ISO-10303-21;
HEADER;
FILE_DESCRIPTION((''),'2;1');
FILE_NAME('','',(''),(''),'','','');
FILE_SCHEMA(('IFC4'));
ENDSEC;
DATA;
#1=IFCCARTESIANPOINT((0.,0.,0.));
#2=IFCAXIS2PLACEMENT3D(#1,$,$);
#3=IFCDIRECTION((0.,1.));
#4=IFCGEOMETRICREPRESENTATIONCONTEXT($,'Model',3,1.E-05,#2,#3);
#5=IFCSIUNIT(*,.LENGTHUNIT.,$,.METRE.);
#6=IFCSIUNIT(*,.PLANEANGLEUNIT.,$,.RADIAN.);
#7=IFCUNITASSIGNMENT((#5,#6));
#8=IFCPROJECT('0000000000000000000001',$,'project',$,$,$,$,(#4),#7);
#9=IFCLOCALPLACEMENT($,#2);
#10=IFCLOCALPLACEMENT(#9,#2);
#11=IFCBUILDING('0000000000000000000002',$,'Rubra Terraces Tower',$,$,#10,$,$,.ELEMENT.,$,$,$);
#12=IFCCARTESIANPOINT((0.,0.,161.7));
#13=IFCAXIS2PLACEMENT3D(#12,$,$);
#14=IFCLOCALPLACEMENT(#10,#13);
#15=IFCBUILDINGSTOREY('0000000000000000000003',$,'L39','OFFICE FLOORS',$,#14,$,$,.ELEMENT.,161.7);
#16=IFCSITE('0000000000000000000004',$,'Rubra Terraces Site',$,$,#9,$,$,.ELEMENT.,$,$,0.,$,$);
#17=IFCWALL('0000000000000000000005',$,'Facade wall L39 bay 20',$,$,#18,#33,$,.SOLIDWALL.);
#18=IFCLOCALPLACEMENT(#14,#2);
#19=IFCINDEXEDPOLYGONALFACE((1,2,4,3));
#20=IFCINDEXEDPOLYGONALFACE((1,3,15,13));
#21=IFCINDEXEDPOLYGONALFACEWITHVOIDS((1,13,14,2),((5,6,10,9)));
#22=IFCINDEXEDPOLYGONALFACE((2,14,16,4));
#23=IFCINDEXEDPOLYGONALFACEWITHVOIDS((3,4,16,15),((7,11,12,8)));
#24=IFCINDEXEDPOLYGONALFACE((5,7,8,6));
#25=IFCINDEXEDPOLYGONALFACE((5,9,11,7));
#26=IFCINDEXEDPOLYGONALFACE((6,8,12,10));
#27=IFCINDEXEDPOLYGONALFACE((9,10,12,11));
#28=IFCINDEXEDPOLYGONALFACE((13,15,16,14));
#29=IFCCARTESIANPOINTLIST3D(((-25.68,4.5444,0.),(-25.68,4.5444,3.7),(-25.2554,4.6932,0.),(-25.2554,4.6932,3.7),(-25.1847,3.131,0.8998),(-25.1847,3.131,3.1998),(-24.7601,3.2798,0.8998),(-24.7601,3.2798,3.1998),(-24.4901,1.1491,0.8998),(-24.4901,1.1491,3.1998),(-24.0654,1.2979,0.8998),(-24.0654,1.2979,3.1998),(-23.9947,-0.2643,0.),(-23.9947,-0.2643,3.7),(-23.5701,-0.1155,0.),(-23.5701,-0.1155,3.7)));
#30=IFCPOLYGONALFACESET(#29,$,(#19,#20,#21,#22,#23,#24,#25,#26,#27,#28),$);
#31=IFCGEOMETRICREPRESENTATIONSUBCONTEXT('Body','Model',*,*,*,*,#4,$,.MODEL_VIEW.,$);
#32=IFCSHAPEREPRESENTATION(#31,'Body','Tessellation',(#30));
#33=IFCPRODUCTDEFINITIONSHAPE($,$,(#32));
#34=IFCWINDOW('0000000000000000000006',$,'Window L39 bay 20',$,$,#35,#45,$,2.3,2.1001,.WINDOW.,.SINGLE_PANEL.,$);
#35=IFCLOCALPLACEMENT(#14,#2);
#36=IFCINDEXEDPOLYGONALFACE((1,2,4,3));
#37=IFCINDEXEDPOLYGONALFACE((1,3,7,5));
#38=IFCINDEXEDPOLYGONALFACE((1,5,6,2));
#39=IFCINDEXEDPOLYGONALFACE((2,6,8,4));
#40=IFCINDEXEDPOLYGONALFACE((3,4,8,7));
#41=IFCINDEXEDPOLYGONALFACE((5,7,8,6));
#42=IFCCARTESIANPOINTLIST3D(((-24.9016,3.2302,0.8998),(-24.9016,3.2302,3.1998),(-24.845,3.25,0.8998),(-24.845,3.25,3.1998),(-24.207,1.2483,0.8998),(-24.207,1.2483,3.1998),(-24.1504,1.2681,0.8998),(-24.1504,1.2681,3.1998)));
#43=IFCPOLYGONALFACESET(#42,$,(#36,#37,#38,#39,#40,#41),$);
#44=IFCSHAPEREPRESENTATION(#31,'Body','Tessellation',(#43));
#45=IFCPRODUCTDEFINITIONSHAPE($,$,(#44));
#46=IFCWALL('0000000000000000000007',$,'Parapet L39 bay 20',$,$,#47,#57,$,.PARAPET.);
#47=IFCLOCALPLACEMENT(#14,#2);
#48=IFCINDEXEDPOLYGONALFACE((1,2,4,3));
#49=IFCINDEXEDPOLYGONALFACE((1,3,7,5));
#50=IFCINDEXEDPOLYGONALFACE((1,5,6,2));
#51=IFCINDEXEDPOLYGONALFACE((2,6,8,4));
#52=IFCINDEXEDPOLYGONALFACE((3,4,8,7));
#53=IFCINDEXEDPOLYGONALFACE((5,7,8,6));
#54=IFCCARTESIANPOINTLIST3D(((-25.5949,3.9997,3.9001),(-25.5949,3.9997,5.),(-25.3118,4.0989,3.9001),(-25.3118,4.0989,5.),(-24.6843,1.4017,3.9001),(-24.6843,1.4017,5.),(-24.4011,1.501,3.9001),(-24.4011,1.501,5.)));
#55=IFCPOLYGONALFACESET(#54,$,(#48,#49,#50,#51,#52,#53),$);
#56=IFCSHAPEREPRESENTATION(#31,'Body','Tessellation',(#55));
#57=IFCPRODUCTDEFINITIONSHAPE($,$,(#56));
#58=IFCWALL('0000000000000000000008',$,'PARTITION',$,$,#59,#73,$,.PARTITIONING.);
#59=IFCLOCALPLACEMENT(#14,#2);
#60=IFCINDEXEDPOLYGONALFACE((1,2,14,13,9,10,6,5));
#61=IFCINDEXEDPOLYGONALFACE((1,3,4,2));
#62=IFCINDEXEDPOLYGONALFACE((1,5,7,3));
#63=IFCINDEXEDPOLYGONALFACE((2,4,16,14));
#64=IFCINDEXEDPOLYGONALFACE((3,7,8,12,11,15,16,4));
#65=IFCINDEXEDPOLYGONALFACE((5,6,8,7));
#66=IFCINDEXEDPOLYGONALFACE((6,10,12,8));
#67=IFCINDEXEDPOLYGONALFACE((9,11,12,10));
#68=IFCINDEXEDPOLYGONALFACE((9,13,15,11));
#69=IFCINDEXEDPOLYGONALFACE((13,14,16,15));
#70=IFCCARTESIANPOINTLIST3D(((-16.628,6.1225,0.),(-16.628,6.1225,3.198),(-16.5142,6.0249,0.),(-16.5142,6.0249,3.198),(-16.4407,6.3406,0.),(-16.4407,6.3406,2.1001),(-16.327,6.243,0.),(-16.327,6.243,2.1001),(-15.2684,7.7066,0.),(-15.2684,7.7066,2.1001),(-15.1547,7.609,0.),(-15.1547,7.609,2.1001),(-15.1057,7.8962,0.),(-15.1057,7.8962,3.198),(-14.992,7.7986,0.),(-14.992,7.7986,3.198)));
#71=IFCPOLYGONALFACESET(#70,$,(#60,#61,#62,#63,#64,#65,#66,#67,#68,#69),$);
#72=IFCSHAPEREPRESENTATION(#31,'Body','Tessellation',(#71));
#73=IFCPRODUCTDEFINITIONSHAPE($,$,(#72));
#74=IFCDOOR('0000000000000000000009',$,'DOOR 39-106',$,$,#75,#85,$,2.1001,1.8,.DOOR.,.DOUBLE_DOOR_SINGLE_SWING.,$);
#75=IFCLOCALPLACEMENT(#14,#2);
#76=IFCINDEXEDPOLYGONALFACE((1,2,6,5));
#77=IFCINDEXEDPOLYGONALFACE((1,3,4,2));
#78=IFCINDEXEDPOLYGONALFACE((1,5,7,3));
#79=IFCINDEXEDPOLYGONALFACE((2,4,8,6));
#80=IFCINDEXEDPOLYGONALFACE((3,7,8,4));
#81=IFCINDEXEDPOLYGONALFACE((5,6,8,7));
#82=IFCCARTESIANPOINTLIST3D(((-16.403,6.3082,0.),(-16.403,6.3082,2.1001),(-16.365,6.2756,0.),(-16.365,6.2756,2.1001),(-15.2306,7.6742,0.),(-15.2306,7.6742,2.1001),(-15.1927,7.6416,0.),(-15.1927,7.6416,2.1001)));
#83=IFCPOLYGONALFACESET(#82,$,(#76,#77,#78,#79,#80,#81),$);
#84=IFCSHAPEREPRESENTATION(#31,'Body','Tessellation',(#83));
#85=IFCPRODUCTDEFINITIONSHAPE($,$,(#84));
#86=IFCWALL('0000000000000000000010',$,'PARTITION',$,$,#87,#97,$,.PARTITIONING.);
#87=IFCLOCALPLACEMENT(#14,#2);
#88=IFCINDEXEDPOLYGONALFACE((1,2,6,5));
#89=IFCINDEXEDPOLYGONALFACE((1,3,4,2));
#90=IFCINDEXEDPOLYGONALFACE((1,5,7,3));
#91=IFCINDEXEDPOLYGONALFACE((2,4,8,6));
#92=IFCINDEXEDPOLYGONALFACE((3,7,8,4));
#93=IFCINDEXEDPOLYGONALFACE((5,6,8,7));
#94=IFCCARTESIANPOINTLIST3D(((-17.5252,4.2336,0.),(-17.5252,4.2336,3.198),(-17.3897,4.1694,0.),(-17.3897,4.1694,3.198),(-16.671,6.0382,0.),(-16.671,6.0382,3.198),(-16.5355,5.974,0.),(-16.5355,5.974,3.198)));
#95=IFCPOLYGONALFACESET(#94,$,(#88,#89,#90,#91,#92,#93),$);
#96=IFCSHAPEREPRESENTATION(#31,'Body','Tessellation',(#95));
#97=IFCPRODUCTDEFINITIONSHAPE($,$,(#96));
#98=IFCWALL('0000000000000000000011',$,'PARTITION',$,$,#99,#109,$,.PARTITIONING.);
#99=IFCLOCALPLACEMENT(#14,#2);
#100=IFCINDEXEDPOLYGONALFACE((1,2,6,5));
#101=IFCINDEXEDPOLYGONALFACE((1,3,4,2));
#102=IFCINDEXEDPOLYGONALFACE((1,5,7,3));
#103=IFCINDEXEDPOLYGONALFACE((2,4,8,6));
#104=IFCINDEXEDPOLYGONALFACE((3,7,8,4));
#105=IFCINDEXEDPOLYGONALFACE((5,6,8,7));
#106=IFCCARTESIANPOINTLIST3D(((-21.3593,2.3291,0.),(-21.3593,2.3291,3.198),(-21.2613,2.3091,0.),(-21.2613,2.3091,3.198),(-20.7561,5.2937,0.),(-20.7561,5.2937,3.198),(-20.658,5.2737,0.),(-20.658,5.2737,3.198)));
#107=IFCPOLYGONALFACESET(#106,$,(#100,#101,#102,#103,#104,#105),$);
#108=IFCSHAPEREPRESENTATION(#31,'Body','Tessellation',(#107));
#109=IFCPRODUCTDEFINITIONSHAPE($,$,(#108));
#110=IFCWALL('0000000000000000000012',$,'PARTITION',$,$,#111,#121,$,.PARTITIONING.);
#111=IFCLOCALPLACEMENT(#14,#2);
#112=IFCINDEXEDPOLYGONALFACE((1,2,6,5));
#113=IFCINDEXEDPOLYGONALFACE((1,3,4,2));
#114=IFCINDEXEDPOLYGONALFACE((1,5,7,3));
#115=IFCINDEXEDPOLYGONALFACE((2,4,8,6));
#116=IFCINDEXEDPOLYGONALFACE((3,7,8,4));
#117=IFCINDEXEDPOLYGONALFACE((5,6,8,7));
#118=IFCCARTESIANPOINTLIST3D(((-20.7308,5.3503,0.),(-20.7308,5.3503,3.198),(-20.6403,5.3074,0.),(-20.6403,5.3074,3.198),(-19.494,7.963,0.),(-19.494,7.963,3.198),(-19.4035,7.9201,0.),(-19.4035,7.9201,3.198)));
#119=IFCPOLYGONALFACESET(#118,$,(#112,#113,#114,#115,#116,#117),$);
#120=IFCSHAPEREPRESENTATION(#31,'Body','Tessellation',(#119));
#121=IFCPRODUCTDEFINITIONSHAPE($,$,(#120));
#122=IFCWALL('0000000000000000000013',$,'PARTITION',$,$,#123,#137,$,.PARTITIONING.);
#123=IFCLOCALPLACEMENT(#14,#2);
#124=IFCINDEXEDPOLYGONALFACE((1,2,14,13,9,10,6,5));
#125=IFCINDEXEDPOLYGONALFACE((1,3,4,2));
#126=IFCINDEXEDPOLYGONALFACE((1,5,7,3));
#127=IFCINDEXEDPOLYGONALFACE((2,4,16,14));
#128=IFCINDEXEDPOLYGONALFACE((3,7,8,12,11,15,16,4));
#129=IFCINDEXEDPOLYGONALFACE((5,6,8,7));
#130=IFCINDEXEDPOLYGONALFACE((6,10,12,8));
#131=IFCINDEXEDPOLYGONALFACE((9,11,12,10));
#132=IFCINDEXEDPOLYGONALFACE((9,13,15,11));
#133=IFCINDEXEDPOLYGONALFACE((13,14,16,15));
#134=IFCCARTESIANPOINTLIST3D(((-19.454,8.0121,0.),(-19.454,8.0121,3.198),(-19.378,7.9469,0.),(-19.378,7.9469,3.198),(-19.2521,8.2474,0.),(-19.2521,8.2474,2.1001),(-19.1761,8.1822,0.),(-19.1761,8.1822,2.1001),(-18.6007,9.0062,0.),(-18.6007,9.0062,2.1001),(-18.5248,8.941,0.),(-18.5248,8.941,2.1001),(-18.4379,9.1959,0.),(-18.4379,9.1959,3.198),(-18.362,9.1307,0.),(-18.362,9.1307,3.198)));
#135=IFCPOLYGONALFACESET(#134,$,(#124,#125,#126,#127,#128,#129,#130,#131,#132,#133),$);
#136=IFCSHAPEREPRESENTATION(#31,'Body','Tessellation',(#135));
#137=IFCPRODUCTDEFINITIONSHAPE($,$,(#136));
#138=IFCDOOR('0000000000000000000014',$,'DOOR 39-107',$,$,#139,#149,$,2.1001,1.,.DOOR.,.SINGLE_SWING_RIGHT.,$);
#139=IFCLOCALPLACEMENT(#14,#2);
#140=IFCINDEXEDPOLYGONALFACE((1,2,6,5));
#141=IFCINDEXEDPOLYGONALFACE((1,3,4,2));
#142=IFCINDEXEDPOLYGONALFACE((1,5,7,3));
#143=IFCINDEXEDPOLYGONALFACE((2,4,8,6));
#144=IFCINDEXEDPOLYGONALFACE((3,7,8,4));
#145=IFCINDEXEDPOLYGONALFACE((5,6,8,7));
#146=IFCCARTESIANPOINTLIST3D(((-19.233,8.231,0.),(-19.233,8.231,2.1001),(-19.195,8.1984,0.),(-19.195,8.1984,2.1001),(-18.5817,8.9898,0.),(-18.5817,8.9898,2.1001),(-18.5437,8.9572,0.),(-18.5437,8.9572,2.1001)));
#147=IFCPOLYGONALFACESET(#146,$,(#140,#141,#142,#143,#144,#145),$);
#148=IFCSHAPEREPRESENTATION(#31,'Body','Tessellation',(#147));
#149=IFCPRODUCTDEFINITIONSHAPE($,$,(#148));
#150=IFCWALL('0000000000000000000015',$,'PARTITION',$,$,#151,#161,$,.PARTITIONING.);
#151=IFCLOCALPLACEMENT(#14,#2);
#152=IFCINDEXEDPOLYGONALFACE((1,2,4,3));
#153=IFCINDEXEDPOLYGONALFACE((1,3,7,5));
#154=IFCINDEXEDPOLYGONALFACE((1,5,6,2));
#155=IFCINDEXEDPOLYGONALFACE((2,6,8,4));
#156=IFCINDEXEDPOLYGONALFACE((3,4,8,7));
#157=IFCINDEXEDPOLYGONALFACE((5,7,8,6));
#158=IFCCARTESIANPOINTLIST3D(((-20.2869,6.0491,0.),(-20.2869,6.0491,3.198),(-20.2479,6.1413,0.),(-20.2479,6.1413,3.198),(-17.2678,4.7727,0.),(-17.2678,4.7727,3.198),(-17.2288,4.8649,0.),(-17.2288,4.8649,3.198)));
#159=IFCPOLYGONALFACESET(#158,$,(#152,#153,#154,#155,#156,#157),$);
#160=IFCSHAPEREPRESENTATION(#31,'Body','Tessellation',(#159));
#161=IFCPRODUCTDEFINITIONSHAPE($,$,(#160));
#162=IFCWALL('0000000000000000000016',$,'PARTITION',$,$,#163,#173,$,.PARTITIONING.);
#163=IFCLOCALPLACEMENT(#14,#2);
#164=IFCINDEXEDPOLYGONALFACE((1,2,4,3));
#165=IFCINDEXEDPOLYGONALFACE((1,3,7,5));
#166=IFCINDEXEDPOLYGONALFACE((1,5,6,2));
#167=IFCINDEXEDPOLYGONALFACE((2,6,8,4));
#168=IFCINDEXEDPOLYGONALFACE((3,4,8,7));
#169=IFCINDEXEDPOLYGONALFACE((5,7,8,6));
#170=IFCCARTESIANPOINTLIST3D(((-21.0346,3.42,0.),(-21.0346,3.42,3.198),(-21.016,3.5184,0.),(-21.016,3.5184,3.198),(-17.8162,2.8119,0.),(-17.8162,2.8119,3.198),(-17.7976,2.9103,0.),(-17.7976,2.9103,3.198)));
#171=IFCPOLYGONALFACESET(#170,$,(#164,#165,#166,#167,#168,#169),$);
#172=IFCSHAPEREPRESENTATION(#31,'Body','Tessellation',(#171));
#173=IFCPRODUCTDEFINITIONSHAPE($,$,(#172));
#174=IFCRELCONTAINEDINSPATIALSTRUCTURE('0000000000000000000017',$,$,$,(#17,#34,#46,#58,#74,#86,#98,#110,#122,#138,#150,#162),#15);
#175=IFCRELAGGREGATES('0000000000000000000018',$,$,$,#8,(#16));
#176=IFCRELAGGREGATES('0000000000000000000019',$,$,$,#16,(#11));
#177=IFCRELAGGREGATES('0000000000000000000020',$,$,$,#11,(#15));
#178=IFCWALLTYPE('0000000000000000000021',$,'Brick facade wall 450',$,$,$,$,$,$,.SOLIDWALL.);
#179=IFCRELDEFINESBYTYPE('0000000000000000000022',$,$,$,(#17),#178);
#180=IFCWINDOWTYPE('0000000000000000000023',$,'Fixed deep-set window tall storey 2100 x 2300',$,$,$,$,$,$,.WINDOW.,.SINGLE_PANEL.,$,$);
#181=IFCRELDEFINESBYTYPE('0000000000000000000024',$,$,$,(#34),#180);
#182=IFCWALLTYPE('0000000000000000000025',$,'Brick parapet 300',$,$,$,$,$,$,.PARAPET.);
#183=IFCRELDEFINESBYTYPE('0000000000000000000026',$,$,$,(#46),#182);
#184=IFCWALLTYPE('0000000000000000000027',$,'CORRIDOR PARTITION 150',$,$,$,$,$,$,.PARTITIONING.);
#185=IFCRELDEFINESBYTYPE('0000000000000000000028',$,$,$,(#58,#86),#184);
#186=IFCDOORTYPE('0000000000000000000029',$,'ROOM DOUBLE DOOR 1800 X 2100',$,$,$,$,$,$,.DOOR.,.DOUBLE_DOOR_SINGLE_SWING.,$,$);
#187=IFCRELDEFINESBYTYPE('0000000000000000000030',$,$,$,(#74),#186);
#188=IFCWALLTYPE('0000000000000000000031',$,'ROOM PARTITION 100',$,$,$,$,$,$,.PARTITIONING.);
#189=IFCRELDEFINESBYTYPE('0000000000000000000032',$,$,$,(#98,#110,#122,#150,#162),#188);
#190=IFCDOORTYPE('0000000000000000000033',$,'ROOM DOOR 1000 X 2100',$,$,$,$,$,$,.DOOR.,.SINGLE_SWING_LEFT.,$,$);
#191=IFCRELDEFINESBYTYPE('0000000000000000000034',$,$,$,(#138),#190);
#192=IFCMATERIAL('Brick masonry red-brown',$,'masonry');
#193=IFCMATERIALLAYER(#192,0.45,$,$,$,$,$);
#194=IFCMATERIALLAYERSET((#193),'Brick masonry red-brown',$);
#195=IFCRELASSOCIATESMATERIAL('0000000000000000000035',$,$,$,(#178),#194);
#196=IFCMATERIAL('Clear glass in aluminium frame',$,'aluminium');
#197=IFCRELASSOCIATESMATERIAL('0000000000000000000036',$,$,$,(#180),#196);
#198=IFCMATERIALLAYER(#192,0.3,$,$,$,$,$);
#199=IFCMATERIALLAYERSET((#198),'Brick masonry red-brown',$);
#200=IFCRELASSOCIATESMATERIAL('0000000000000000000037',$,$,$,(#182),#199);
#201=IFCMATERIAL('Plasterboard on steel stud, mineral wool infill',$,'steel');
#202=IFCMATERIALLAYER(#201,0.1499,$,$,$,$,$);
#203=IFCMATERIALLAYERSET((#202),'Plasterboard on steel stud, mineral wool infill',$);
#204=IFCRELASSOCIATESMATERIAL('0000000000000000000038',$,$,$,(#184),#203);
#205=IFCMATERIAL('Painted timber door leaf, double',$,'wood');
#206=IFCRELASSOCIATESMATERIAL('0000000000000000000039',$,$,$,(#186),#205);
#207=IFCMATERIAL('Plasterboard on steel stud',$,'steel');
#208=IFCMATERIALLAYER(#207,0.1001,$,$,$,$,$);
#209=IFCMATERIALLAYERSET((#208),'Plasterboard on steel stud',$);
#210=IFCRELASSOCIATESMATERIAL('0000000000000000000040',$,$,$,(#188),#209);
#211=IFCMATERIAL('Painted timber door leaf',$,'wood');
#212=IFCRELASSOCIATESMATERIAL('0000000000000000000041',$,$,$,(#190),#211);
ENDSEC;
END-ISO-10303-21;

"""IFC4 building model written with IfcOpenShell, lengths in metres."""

from ifc_helpers import new_model, si_unit, direction, frame, frame_2d, origin, place, context, subcontext, project, spatial, rectangle, extrude, material, layer, layer_set, type_object, element, fill, save


model = new_model("IFC4")

# Units and contexts
model_context = context("Model", 3, precision=1e-05, world=origin(), true_north=direction((0.0, 1.0)))
body_context = subcontext(model_context, "Body", "Model", "MODEL_VIEW")
ifc_project = project(units=[si_unit("LENGTHUNIT", "METRE"), si_unit("PLANEANGLEUNIT", "RADIAN")], contexts=[model_context])

# Site, building, storey
site_placement = place(None, origin())
site = spatial("IfcSite", under=ifc_project, at=site_placement, Name="Rubra Terraces Site", CompositionType="ELEMENT", RefElevation=0.0)
building_placement = place(site_placement, origin())
building = spatial("IfcBuilding", under=site, at=building_placement, Name="Rubra Terraces Tower", CompositionType="ELEMENT")
storey_placement = place(building_placement, frame((0.0, 0.0, 161.7)))
storey = spatial("IfcBuildingStorey", under=building, at=storey_placement, Name="L39", Description="OFFICE FLOORS", CompositionType="ELEMENT", Elevation=161.7)

# Wall, opening, window
ifc_material_1 = material(Name="Brick masonry red-brown", Category="masonry")
ifc_layer_1 = layer(ifc_material_1, 0.45)
ifc_layer_set_1 = layer_set([ifc_layer_1], Name="Brick masonry red-brown")
wall_type_1 = type_object("IfcWallType", Name="Brick facade wall 450", PredefinedType="SOLIDWALL", material=ifc_layer_set_1)
wall_1_placement = place(storey_placement, frame((-25.4678, 4.6189, 0.0), z_axis=(0.0, 0.0, 1.0), x_axis=(0.330752, -0.943718, 0.0)))
wall_1 = element("IfcWall", 1, at=wall_1_placement, inside=storey, type_object=wall_type_1, Name="Facade wall L39 bay 20", PredefinedType="SOLIDWALL", context=body_context, shape_type="SweptSolid", body=[
    extrude(rectangle(XDim=5.0955, YDim=0.45, at=frame_2d((2.5479, 0.0))), origin(), (0.0, 0.0, 1.0), 3.7),
])
opening_1_placement = place(wall_1_placement, frame((1.4978, 0.0, 0.8999)))
opening_1 = element("IfcOpeningElement", 2, at=opening_1_placement, cuts=wall_1, PredefinedType="OPENING", context=body_context, shape_type="SweptSolid", body=[
    extrude(rectangle(XDim=2.1001, YDim=2.3, at=frame_2d((1.05, 1.1499))), frame((0.0, 0.2349, 0.0), z_axis=(0.0, -1.0, 0.0), x_axis=(1.0, 0.0, 0.0)), (0.0, 0.0, 1.0), 0.47),
])
ifc_material_2 = material(Name="Clear glass in aluminium frame", Category="aluminium")
window_type = type_object("IfcWindowType", Name="Fixed deep-set window tall storey 2100 x 2300", PartitioningType="SINGLE_PANEL", PredefinedType="WINDOW", material=ifc_material_2)
window_placement = place(opening_1_placement, origin())
window = element("IfcWindow", 3, at=window_placement, inside=storey, type_object=window_type, Name="Window L39 bay 20", OverallHeight=2.3, OverallWidth=2.1001, PartitioningType="SINGLE_PANEL", PredefinedType="WINDOW", context=body_context, shape_type="SweptSolid", body=[
    extrude(rectangle(XDim=2.1001, YDim=2.3, at=frame_2d((1.05, 1.1499))), frame((0.0, 0.135, 0.0), z_axis=(0.0, -1.0, 0.0), x_axis=(1.0, 0.0, 0.0)), (0.0, 0.0, 1.0), 0.0601),
])
fill(opening_1, window)

# Wall
ifc_layer_2 = layer(ifc_material_1, 0.3)
ifc_layer_set_2 = layer_set([ifc_layer_2], Name="Brick masonry red-brown")
wall_type_2 = type_object("IfcWallType", Name="Brick parapet 300", PredefinedType="PARAPET", material=ifc_layer_set_2)
wall_2_placement = place(storey_placement, frame((-25.4534, 4.0493, 3.9001), z_axis=(0.0, 0.0, 1.0), x_axis=(0.330797, -0.943702, 0.0)))
element("IfcWall", 4, at=wall_2_placement, inside=storey, type_object=wall_type_2, Name="Parapet L39 bay 20", PredefinedType="PARAPET", context=body_context, shape_type="SweptSolid", body=[
    extrude(rectangle(XDim=2.7529, YDim=0.3, at=frame_2d((1.3765, 0.0))), origin(), (0.0, 0.0, 1.0), 1.0999),
])

# Wall, opening, door
ifc_material_3 = material(Name="Plasterboard on steel stud, mineral wool infill", Category="steel")
ifc_layer_3 = layer(ifc_material_3, 0.1499)
ifc_layer_set_3 = layer_set([ifc_layer_3], Name="Plasterboard on steel stud, mineral wool infill")
wall_type_3 = type_object("IfcWallType", Name="CORRIDOR PARTITION 150", PredefinedType="PARTITIONING", material=ifc_layer_set_3)
wall_3_placement = place(storey_placement, frame((-15.0488, 7.8474, 0.0), z_axis=(0.0, 0.0, 1.0), x_axis=(-0.651264, -0.758851, 0.0)))
wall_3 = element("IfcWall", 5, at=wall_3_placement, inside=storey, type_object=wall_type_3, Name="PARTITION", PredefinedType="PARTITIONING", context=body_context, shape_type="SweptSolid", body=[
    extrude(rectangle(XDim=2.3374, YDim=0.1499, at=frame_2d((1.1687, 0.0))), origin(), (0.0, 0.0, 1.0), 3.198),
])
opening_2_placement = place(wall_3_placement, frame((0.25, 0.0, 0.0)))
opening_2 = element("IfcOpeningElement", 6, at=opening_2_placement, cuts=wall_3, PredefinedType="OPENING", context=body_context, shape_type="SweptSolid", body=[
    extrude(rectangle(XDim=1.8, YDim=2.1001, at=frame_2d((0.8999, 1.05))), frame((0.0, 0.085, 0.0), z_axis=(0.0, -1.0, 0.0), x_axis=(1.0, 0.0, 0.0)), (0.0, 0.0, 1.0), 0.1699),
])
ifc_material_4 = material(Name="Painted timber door leaf, double", Category="wood")
door_type_1 = type_object("IfcDoorType", Name="ROOM DOUBLE DOOR 1800 X 2100", OperationType="DOUBLE_DOOR_SINGLE_SWING", PredefinedType="DOOR", material=ifc_material_4)
door_1_placement = place(opening_2_placement, origin())
door_1 = element("IfcDoor", 7, at=door_1_placement, inside=storey, type_object=door_type_1, Name="DOOR 39-106", OperationType="DOUBLE_DOOR_SINGLE_SWING", OverallHeight=2.1001, OverallWidth=1.8, PredefinedType="DOOR", context=body_context, shape_type="SweptSolid", body=[
    extrude(rectangle(XDim=1.8, YDim=2.1001, at=frame_2d((0.8999, 1.05))), frame((0.0, 0.0249, 0.0), z_axis=(0.0, -1.0, 0.0), x_axis=(1.0, 0.0, 0.0)), (0.0, 0.0, 1.0), 0.05),
])
fill(opening_2, door_1)

# Wall
wall_4_placement = place(storey_placement, frame((-16.6033, 6.0061, 0.0), z_axis=(0.0, 0.0, 1.0), x_axis=(-0.427839, -0.903855, 0.0)))
element("IfcWall", 8, at=wall_4_placement, inside=storey, type_object=wall_type_3, Name="PARTITION", PredefinedType="PARTITIONING", context=body_context, shape_type="SweptSolid", body=[
    extrude(rectangle(XDim=1.9966, YDim=0.1499, at=frame_2d((0.9983, 0.0))), origin(), (0.0, 0.0, 1.0), 3.198),
])

# Walls
ifc_material_5 = material(Name="Plasterboard on steel stud", Category="steel")
ifc_layer_4 = layer(ifc_material_5, 0.1001)
ifc_layer_set_4 = layer_set([ifc_layer_4], Name="Plasterboard on steel stud")
wall_type_4 = type_object("IfcWallType", Name="ROOM PARTITION 100", PredefinedType="PARTITIONING", material=ifc_layer_set_4)
wall_5_placement = place(storey_placement, frame((-21.3103, 2.3191, 0.0), z_axis=(0.0, 0.0, 1.0), x_axis=(0.199405, 0.979917, 0.0)))
element("IfcWall", 9, at=wall_5_placement, inside=storey, type_object=wall_type_4, Name="PARTITION", PredefinedType="PARTITIONING", context=body_context, shape_type="SweptSolid", body=[
    extrude(rectangle(XDim=3.0254, YDim=0.1001, at=frame_2d((1.5127, 0.0))), origin(), (0.0, 0.0, 1.0), 3.198),
])
wall_6_placement = place(storey_placement, frame((-20.6855, 5.3289, 0.0), z_axis=(0.0, 0.0, 1.0), x_axis=(0.427854, 0.903848, 0.0)))
element("IfcWall", 10, at=wall_6_placement, inside=storey, type_object=wall_type_4, Name="PARTITION", PredefinedType="PARTITIONING", context=body_context, shape_type="SweptSolid", body=[
    extrude(rectangle(XDim=2.8906, YDim=0.1001, at=frame_2d((1.4453, 0.0))), origin(), (0.0, 0.0, 1.0), 3.198),
])

# Wall, opening, door
wall_7_placement = place(storey_placement, frame((-19.416, 7.9795, 0.0), z_axis=(0.0, 0.0, 1.0), x_axis=(0.651307, 0.758815, 0.0)))
wall_7 = element("IfcWall", 11, at=wall_7_placement, inside=storey, type_object=wall_type_4, Name="PARTITION", PredefinedType="PARTITIONING", context=body_context, shape_type="SweptSolid", body=[
    extrude(rectangle(XDim=1.5601, YDim=0.1001, at=frame_2d((0.78, 0.0))), origin(), (0.0, 0.0, 1.0), 3.198),
])
opening_3_placement = place(wall_7_placement, frame((0.3101, 0.0, 0.0)))
opening_3 = element("IfcOpeningElement", 12, at=opening_3_placement, cuts=wall_7, PredefinedType="OPENING", context=body_context, shape_type="SweptSolid", body=[
    extrude(rectangle(XDim=1.0, YDim=2.1001, at=frame_2d((0.5, 1.05))), frame((0.0, 0.0601, 0.0), z_axis=(0.0, -1.0, 0.0), x_axis=(1.0, 0.0, 0.0)), (0.0, 0.0, 1.0), 0.1201),
])
ifc_material_6 = material(Name="Painted timber door leaf", Category="wood")
door_type_2 = type_object("IfcDoorType", Name="ROOM DOOR 1000 X 2100", OperationType="SINGLE_SWING_LEFT", PredefinedType="DOOR", material=ifc_material_6)
door_2_placement = place(opening_3_placement, origin())
door_2 = element("IfcDoor", 13, at=door_2_placement, inside=storey, type_object=door_type_2, Name="DOOR 39-107", OperationType="SINGLE_SWING_RIGHT", OverallHeight=2.1001, OverallWidth=1.0, PredefinedType="DOOR", context=body_context, shape_type="SweptSolid", body=[
    extrude(rectangle(XDim=1.0, YDim=2.1001, at=frame_2d((0.5, 1.05))), frame((0.0, 0.0249, 0.0), z_axis=(0.0, -1.0, 0.0), x_axis=(1.0, 0.0, 0.0)), (0.0, 0.0, 1.0), 0.05),
])
fill(opening_3, door_2)

# Walls
wall_8_placement = place(storey_placement, frame((-17.2483, 4.8188, 0.0), z_axis=(0.0, 0.0, 1.0), x_axis=(-0.921068, 0.389402, 0.0)))
element("IfcWall", 14, at=wall_8_placement, inside=storey, type_object=wall_type_4, Name="PARTITION", PredefinedType="PARTITIONING", context=body_context, shape_type="SweptSolid", body=[
    extrude(rectangle(XDim=3.2778, YDim=0.1001, at=frame_2d((1.6389, 0.0))), origin(), (0.0, 0.0, 1.0), 3.198),
])
wall_9_placement = place(storey_placement, frame((-17.8069, 2.8611, 0.0), z_axis=(0.0, 0.0, 1.0), x_axis=(-0.982612, 0.18567, 0.0)))
element("IfcWall", 15, at=wall_9_placement, inside=storey, type_object=wall_type_4, Name="PARTITION", PredefinedType="PARTITIONING", context=body_context, shape_type="SweptSolid", body=[
    extrude(rectangle(XDim=3.2754, YDim=0.1001, at=frame_2d((1.6377, 0.0))), origin(), (0.0, 0.0, 1.0), 3.198),
])

save(model, "model.ifc")
